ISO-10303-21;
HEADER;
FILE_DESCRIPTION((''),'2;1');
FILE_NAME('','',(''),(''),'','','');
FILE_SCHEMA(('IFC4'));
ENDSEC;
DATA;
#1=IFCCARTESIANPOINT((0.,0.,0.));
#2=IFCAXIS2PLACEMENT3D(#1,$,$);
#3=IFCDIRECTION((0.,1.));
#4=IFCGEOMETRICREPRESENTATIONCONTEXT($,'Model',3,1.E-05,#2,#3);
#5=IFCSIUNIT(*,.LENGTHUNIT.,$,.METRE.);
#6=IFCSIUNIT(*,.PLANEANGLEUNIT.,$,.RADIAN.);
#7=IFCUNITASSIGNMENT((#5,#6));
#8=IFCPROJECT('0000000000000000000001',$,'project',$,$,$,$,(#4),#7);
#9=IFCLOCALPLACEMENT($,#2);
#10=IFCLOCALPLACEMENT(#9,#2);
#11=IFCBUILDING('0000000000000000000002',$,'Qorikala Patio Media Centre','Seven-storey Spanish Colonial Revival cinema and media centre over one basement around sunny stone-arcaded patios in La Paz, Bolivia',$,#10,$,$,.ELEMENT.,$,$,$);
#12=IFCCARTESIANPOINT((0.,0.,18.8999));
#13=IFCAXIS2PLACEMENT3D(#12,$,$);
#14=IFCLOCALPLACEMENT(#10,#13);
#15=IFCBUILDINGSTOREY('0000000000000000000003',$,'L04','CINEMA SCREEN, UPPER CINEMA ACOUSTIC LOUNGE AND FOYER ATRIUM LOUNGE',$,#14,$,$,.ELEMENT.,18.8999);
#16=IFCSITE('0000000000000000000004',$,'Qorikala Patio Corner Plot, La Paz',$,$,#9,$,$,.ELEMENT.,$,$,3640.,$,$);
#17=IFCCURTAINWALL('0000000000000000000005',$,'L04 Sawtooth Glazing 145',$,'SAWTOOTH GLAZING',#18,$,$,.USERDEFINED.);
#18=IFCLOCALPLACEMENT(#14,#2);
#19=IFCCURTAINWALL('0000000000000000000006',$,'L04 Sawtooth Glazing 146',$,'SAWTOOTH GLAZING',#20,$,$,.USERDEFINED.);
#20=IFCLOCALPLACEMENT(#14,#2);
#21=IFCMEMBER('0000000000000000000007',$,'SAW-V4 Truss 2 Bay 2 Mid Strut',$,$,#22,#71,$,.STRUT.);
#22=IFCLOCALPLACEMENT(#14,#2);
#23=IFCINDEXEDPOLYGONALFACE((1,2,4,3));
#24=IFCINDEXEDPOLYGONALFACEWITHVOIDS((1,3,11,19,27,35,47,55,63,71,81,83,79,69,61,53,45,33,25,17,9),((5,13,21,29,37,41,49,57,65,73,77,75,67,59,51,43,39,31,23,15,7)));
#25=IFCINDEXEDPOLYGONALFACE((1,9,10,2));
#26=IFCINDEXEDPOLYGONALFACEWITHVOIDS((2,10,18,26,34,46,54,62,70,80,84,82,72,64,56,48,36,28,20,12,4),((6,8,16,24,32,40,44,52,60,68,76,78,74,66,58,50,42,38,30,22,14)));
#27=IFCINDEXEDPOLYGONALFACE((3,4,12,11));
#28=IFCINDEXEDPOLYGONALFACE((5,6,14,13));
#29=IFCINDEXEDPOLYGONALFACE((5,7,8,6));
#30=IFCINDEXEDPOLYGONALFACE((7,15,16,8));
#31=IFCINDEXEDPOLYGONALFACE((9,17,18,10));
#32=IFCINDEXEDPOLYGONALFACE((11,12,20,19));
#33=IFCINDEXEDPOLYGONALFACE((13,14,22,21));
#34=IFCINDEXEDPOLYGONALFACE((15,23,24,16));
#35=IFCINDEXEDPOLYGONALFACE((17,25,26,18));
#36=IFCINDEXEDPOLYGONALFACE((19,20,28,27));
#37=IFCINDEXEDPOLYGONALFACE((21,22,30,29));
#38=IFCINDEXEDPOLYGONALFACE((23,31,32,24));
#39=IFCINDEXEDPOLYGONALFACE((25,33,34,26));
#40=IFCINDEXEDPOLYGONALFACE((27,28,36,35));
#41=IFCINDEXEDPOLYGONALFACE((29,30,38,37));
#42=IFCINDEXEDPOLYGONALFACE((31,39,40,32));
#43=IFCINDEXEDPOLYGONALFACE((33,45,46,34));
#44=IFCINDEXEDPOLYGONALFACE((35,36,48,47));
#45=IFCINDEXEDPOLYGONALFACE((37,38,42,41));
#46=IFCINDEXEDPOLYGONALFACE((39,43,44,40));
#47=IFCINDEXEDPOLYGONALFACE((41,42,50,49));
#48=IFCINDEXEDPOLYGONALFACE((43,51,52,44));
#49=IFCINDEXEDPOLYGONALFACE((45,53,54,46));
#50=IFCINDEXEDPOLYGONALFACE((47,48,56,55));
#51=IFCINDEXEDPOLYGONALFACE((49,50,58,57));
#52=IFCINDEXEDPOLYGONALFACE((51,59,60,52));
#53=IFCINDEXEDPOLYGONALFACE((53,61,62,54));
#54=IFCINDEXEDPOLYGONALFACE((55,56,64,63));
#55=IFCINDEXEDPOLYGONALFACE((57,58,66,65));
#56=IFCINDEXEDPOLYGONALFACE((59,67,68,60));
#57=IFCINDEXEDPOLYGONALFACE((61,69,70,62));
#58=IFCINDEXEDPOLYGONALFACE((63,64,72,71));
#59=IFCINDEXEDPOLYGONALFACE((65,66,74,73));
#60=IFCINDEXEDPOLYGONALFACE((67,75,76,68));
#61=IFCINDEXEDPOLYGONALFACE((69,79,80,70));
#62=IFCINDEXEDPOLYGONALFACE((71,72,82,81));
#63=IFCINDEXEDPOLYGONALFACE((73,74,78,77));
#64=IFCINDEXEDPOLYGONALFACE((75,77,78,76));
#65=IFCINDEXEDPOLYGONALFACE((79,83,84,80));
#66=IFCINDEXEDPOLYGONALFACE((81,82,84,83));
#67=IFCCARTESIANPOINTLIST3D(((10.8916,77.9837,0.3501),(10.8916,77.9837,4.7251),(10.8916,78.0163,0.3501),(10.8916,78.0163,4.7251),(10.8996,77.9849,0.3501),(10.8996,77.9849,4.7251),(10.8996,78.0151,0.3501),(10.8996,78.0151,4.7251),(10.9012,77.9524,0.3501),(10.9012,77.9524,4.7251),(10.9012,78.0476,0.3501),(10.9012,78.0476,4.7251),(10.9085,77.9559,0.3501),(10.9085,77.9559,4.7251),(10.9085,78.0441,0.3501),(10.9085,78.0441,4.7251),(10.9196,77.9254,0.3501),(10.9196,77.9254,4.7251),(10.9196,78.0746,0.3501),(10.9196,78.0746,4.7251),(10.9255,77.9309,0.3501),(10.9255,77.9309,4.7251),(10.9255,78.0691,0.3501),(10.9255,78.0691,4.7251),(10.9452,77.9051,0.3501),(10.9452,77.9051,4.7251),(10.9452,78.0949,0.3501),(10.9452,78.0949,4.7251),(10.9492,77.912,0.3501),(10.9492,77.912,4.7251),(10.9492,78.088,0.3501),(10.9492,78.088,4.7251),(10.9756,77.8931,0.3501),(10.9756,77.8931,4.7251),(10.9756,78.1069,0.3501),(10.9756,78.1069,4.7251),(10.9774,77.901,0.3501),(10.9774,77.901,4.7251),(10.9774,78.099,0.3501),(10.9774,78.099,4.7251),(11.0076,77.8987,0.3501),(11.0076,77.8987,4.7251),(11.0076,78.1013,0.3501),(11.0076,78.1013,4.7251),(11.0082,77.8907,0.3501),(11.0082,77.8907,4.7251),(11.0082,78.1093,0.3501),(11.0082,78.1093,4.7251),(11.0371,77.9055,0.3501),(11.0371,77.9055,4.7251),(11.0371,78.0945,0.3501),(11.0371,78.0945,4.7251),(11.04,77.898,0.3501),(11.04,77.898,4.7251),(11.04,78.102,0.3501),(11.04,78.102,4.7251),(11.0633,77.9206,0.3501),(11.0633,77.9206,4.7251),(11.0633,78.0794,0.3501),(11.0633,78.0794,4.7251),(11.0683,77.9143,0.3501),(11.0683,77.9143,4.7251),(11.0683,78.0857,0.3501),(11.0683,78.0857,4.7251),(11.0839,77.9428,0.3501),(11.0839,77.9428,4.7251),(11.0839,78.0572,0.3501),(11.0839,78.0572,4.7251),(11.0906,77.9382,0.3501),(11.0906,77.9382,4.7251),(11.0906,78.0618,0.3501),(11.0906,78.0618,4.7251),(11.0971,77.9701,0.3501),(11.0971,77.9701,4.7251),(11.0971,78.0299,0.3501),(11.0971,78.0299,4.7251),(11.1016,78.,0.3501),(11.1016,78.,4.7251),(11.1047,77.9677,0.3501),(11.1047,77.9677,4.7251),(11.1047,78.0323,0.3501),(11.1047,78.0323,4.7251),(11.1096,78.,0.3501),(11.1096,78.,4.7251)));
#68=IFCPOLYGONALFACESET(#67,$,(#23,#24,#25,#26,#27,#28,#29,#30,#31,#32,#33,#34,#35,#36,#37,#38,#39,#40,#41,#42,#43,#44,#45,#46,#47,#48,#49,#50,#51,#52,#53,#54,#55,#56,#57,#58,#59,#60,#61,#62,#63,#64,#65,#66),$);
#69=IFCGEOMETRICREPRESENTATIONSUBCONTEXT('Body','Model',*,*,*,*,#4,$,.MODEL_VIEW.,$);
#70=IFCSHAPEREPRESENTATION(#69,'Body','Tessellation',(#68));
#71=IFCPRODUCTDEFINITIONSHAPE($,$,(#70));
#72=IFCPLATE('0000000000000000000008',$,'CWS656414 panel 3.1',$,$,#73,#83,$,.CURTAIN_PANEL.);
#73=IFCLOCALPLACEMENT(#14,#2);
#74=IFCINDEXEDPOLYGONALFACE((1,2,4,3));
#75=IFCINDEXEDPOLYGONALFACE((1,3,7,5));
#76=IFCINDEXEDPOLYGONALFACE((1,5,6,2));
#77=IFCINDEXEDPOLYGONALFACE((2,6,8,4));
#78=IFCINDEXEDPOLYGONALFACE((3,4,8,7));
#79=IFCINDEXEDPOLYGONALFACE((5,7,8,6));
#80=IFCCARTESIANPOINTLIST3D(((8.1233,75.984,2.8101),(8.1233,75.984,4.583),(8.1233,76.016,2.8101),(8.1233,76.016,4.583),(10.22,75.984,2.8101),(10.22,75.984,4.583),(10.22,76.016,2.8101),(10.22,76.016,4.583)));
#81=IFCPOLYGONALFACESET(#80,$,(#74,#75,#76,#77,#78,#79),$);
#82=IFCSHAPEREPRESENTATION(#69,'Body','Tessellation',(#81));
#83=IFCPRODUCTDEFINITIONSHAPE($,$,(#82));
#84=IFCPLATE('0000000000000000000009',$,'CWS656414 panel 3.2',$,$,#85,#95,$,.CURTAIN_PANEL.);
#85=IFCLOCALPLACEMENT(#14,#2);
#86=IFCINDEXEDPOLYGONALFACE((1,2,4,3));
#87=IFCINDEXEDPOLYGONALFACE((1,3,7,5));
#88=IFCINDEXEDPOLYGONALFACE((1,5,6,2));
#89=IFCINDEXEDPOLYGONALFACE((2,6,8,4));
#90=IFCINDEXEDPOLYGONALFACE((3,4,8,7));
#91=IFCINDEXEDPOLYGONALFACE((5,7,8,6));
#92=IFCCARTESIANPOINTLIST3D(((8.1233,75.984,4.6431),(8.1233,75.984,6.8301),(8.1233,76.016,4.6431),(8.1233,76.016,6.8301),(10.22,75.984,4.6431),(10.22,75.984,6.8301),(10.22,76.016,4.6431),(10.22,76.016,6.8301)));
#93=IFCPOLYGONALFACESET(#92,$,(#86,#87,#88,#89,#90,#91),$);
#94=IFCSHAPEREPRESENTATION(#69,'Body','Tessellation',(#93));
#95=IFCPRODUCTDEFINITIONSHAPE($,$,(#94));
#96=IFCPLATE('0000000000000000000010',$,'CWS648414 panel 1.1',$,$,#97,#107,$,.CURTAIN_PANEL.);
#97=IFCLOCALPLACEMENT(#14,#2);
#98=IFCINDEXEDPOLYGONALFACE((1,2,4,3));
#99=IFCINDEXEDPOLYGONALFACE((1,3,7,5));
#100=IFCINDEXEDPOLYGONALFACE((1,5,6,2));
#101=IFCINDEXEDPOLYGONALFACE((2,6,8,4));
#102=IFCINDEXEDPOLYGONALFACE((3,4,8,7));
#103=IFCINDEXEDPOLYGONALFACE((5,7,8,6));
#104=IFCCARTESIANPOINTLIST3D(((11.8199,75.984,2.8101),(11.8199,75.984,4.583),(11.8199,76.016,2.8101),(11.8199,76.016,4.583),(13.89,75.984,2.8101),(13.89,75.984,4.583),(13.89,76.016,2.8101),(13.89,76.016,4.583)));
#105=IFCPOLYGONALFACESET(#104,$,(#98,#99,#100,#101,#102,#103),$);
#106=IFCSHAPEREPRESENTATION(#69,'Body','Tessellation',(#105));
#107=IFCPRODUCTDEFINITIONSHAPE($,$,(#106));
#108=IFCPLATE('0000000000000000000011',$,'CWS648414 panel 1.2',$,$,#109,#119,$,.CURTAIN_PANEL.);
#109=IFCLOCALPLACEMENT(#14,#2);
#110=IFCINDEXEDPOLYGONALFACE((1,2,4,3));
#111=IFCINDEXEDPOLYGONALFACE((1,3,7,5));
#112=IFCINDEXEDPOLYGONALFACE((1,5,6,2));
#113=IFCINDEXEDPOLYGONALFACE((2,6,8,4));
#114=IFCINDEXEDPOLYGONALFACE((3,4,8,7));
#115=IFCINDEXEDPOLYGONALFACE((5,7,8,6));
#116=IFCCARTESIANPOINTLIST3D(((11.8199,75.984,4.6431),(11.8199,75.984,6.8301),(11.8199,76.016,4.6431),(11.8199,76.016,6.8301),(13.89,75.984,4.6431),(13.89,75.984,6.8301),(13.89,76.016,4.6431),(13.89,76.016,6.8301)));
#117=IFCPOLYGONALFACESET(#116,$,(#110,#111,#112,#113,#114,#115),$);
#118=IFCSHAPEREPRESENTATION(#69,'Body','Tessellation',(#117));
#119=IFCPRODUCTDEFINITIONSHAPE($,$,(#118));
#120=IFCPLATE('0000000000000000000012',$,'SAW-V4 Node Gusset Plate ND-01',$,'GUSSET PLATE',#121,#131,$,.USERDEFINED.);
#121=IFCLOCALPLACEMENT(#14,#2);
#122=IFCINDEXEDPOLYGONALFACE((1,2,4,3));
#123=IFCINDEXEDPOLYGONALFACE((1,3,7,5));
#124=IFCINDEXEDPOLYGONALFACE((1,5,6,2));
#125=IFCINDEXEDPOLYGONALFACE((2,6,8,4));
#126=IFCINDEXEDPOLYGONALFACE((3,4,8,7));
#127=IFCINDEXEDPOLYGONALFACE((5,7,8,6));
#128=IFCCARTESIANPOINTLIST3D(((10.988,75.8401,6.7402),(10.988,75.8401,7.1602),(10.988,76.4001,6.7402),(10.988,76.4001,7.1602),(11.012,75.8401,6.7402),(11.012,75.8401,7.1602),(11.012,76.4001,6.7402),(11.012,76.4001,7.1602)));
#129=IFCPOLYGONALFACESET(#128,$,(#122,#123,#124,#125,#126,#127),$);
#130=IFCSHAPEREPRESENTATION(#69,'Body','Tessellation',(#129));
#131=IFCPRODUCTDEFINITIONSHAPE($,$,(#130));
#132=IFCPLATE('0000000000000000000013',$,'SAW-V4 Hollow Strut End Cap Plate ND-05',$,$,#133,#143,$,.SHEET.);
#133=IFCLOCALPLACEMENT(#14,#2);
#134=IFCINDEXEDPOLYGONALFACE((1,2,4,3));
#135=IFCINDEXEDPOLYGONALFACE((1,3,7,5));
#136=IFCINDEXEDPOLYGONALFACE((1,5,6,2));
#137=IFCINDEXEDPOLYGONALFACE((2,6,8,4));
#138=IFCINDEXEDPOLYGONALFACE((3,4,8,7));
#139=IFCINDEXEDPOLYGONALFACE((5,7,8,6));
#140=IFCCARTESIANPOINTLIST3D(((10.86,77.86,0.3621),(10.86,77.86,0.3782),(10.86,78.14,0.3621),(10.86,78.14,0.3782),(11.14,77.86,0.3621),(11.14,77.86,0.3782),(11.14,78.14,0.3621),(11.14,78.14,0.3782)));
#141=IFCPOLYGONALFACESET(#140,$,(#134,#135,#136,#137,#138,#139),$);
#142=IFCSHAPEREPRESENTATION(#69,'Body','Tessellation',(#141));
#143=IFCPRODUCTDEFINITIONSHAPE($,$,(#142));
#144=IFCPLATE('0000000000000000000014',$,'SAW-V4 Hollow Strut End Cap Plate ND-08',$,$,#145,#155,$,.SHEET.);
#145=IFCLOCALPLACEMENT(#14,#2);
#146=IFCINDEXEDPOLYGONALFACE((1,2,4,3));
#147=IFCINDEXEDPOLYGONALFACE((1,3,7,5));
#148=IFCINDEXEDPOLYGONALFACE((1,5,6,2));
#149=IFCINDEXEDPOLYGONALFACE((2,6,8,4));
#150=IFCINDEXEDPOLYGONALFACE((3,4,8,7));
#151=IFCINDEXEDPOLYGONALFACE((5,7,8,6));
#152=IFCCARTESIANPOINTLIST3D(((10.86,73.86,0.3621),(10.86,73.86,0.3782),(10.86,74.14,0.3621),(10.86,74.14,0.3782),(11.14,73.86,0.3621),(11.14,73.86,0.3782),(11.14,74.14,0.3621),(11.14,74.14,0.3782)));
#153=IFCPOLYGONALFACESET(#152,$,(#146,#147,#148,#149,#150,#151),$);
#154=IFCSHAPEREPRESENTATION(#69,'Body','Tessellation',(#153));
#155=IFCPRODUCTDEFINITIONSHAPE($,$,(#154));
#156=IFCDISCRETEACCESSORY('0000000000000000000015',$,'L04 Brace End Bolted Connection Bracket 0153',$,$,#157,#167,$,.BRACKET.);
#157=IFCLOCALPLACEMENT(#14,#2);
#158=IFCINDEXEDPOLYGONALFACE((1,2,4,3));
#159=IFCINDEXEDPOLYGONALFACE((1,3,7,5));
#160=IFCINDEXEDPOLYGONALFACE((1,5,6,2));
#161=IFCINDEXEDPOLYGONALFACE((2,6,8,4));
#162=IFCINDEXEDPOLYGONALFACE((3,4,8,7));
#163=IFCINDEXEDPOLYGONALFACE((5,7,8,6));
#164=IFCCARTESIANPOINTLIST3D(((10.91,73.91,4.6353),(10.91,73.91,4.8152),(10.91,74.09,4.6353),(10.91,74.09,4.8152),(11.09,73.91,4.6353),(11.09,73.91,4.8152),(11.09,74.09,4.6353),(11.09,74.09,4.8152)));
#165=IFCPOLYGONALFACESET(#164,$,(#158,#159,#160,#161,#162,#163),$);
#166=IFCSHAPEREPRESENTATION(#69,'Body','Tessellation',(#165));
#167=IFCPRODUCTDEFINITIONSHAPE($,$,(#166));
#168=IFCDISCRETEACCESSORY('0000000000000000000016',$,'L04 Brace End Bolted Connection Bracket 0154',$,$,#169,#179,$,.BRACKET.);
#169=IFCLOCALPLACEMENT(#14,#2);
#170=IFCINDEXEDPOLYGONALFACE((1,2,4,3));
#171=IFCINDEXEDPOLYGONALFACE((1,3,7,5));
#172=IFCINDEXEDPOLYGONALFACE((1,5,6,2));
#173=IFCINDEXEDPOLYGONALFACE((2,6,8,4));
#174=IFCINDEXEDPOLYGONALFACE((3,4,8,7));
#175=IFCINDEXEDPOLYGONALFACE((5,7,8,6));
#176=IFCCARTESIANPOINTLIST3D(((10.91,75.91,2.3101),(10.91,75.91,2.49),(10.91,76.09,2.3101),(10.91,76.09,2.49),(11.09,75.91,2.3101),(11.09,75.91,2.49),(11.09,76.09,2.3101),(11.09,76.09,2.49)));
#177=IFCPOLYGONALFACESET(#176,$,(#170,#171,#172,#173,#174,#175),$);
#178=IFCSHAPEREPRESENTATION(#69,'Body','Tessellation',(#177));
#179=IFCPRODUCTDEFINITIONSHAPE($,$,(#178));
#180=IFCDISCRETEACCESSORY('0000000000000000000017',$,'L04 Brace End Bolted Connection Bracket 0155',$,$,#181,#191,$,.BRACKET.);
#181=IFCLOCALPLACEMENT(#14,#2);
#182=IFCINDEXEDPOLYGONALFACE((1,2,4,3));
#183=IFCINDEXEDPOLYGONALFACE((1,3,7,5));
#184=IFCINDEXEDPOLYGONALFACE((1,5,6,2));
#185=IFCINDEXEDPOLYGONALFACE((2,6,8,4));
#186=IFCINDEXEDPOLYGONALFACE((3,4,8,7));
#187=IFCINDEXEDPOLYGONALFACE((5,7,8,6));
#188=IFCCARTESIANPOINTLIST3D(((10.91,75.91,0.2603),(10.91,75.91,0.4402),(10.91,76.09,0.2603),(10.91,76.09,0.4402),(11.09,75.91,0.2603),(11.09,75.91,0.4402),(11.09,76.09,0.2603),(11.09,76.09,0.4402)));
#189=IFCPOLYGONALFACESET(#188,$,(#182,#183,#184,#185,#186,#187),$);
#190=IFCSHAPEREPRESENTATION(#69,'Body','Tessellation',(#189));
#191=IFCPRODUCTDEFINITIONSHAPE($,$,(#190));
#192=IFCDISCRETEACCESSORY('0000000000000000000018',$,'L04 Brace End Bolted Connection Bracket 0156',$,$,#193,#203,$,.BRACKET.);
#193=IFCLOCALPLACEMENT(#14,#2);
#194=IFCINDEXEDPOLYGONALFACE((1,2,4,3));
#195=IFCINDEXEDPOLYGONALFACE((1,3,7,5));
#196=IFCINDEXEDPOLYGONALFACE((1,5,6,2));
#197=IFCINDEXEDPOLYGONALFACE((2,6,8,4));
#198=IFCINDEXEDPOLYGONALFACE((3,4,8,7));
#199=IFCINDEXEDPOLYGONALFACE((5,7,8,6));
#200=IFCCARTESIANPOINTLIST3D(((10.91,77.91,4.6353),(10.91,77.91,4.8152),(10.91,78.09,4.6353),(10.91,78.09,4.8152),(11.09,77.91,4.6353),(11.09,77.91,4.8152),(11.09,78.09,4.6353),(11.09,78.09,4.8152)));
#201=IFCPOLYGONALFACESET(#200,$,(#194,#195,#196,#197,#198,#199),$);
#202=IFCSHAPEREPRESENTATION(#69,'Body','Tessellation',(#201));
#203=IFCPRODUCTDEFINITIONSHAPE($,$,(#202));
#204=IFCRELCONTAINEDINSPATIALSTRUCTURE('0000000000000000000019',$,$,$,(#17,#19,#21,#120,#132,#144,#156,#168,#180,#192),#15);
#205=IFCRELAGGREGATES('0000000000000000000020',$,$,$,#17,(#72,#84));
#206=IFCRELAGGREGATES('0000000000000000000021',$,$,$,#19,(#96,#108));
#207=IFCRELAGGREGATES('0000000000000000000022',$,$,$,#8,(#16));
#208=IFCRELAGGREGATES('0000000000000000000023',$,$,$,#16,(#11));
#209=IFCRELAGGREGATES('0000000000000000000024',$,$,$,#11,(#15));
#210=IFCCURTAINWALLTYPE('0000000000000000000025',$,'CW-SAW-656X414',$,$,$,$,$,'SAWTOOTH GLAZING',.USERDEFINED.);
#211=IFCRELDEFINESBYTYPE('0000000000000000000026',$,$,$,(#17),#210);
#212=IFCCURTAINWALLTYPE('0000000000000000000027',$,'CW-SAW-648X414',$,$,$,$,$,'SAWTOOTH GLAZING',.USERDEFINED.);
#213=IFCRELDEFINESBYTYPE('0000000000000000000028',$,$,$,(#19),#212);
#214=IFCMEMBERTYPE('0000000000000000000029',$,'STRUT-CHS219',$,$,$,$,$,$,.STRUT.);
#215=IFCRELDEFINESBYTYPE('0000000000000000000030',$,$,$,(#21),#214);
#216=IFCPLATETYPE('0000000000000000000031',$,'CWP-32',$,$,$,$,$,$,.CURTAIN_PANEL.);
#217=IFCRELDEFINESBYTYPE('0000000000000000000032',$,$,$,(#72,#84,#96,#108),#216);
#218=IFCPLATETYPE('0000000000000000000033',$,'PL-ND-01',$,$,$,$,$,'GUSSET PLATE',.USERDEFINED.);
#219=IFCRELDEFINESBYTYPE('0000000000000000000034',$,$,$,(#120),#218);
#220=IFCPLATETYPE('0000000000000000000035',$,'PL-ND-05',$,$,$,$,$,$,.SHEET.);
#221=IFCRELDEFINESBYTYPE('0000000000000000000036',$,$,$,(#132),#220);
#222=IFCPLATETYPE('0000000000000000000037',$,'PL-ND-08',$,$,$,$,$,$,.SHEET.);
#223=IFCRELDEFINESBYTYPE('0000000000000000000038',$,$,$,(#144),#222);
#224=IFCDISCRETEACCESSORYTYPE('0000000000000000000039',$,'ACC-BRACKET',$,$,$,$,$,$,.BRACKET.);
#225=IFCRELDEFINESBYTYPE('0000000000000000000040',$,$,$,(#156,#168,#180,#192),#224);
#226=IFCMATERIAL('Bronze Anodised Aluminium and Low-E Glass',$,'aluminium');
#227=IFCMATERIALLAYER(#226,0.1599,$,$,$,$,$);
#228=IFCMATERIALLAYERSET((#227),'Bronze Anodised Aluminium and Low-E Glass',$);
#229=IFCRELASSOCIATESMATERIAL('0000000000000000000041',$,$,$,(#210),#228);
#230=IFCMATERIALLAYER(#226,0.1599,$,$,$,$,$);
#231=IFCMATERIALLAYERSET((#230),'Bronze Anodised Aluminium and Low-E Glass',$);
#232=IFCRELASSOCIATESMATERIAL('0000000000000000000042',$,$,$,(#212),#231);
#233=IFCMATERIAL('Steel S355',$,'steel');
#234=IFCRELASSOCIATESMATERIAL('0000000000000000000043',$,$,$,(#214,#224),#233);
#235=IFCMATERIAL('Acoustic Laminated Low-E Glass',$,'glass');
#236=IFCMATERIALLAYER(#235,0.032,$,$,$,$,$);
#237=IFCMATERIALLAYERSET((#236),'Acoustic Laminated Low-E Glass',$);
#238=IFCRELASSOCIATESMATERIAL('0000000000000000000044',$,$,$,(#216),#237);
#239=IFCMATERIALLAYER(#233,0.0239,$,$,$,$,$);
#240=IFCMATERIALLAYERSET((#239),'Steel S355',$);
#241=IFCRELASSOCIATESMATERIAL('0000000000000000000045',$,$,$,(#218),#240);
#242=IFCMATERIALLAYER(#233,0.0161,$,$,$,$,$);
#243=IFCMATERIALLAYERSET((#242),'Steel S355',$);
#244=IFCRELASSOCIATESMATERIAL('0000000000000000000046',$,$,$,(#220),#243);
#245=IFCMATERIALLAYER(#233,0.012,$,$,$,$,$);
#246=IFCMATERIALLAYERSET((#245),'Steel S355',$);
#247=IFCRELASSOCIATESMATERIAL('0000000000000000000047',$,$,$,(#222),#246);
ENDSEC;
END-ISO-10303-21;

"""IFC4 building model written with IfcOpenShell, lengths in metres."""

from ifc_helpers import new_model, si_unit, direction, frame, origin, origin_2d, place, context, subcontext, project, spatial, rectangle, hollow_circle, extrude, material, layer, layer_set, material_profile, profile_set, type_object, element, aggregate, save


model = new_model("IFC4")

# Units and contexts
model_context = context("Model", 3, precision=1e-05, world=origin(), true_north=direction((0.0, 1.0)))
body_context = subcontext(model_context, "Body", "Model", "MODEL_VIEW")
ifc_project = project(units=[si_unit("LENGTHUNIT", "METRE"), si_unit("PLANEANGLEUNIT", "RADIAN")], contexts=[model_context])

# Site, building, storey
site_placement = place(None, origin())
site = spatial("IfcSite", under=ifc_project, at=site_placement, Name="Qorikala Patio Corner Plot, La Paz", CompositionType="ELEMENT", RefElevation=3640.0)
building_placement = place(site_placement, origin())
building = spatial("IfcBuilding", under=site, at=building_placement, Name="Qorikala Patio Media Centre", Description="Seven-storey Spanish Colonial Revival cinema and media centre over one basement around sunny stone-arcaded patios in La Paz, Bolivia", CompositionType="ELEMENT")
storey_placement = place(building_placement, frame((0.0, 0.0, 18.8999)))
storey = spatial("IfcBuildingStorey", under=building, at=storey_placement, Name="L04", Description="CINEMA SCREEN, UPPER CINEMA ACOUSTIC LOUNGE AND FOYER ATRIUM LOUNGE", CompositionType="ELEMENT", Elevation=18.8999)

# Shared definitions
ifc_material_1 = material(Name="Steel S355", Category="steel")

# Curtain walls
ifc_material_2 = material(Name="Bronze Anodised Aluminium and Low-E Glass", Category="aluminium")
ifc_layer_1 = layer(ifc_material_2, 0.1599)
ifc_layer_set_1 = layer_set([ifc_layer_1], Name="Bronze Anodised Aluminium and Low-E Glass")
curtain_wall_type_1 = type_object("IfcCurtainWallType", Name="CW-SAW-656X414", ElementType="SAWTOOTH GLAZING", PredefinedType="USERDEFINED", material=ifc_layer_set_1)
curtain_wall_1_placement = place(storey_placement, origin())
curtain_wall_1 = element("IfcCurtainWall", 1, at=curtain_wall_1_placement, inside=storey, type_object=curtain_wall_type_1, Name="L04 Sawtooth Glazing 145", ObjectType="SAWTOOTH GLAZING", PredefinedType="USERDEFINED")
ifc_layer_2 = layer(ifc_material_2, 0.1599)
ifc_layer_set_2 = layer_set([ifc_layer_2], Name="Bronze Anodised Aluminium and Low-E Glass")
curtain_wall_type_2 = type_object("IfcCurtainWallType", Name="CW-SAW-648X414", ElementType="SAWTOOTH GLAZING", PredefinedType="USERDEFINED", material=ifc_layer_set_2)
curtain_wall_2_placement = place(storey_placement, origin())
curtain_wall_2 = element("IfcCurtainWall", 2, at=curtain_wall_2_placement, inside=storey, type_object=curtain_wall_type_2, Name="L04 Sawtooth Glazing 146", ObjectType="SAWTOOTH GLAZING", PredefinedType="USERDEFINED")

# Member
ifc_material_profile_1 = material_profile(ifc_material_1, hollow_circle(Radius=0.1096, WallThickness=0.0081, at=origin_2d()), Name="CHS219X8")
ifc_profile_set_1 = profile_set([ifc_material_profile_1], Name="Steel S355")
member_type_1 = type_object("IfcMemberType", Name="STRUT-CHS219", PredefinedType="STRUT", material=ifc_profile_set_1)
member_1_placement = place(storey_placement, frame((11.0, 78.0, 0.3501), z_axis=(0.0, 0.0, 1.0), x_axis=(1.0, 0.0, 0.0)))
element("IfcMember", 3, at=member_1_placement, inside=storey, type_object=member_type_1, Name="SAW-V4 Truss 2 Bay 2 Mid Strut", PredefinedType="STRUT", context=body_context, shape_type="SweptSolid", body=[
    extrude(hollow_circle(Radius=0.1096, WallThickness=0.0081, at=origin_2d()), origin(), (0.0, 0.0, 1.0), 4.375),
])

# Plates
ifc_material_3 = material(Name="Acoustic Laminated Low-E Glass", Category="glass")
ifc_layer_3 = layer(ifc_material_3, 0.032)
ifc_layer_set_3 = layer_set([ifc_layer_3], Name="Acoustic Laminated Low-E Glass")
plate_type_1 = type_object("IfcPlateType", Name="CWP-32", PredefinedType="CURTAIN_PANEL", material=ifc_layer_set_3)
plate_1_placement = place(storey_placement, frame((9.1716, 76.0, 2.8101), z_axis=(0.0, 0.0, 1.0), x_axis=(1.0, 0.0, 0.0)))
plate_1 = element("IfcPlate", 4, at=plate_1_placement, type_object=plate_type_1, Name="CWS656414 panel 3.1", PredefinedType="CURTAIN_PANEL", context=body_context, shape_type="SweptSolid", body=[
    extrude(rectangle(XDim=2.0967, YDim=0.032, at=origin_2d()), origin(), (0.0, 0.0, 1.0), 1.7729),
])
plate_2_placement = place(storey_placement, frame((9.1716, 76.0, 4.6431), z_axis=(0.0, 0.0, 1.0), x_axis=(1.0, 0.0, 0.0)))
plate_2 = element("IfcPlate", 5, at=plate_2_placement, type_object=plate_type_1, Name="CWS656414 panel 3.2", PredefinedType="CURTAIN_PANEL", context=body_context, shape_type="SweptSolid", body=[
    extrude(rectangle(XDim=2.0967, YDim=0.032, at=origin_2d()), origin(), (0.0, 0.0, 1.0), 2.187),
])
aggregate(curtain_wall_1, [plate_1, plate_2])
plate_3_placement = place(storey_placement, frame((12.855, 76.0, 2.8101), z_axis=(0.0, 0.0, 1.0), x_axis=(1.0, 0.0, 0.0)))
plate_3 = element("IfcPlate", 6, at=plate_3_placement, type_object=plate_type_1, Name="CWS648414 panel 1.1", PredefinedType="CURTAIN_PANEL", context=body_context, shape_type="SweptSolid", body=[
    extrude(rectangle(XDim=2.0701, YDim=0.032, at=origin_2d()), origin(), (0.0, 0.0, 1.0), 1.7729),
])
plate_4_placement = place(storey_placement, frame((12.855, 76.0, 4.6431), z_axis=(0.0, 0.0, 1.0), x_axis=(1.0, 0.0, 0.0)))
plate_4 = element("IfcPlate", 7, at=plate_4_placement, type_object=plate_type_1, Name="CWS648414 panel 1.2", PredefinedType="CURTAIN_PANEL", context=body_context, shape_type="SweptSolid", body=[
    extrude(rectangle(XDim=2.0701, YDim=0.032, at=origin_2d()), origin(), (0.0, 0.0, 1.0), 2.187),
])
aggregate(curtain_wall_2, [plate_3, plate_4])

# Plates
ifc_layer_4 = layer(ifc_material_1, 0.0239)
ifc_layer_set_4 = layer_set([ifc_layer_4], Name="Steel S355")
plate_type_2 = type_object("IfcPlateType", Name="PL-ND-01", ElementType="GUSSET PLATE", PredefinedType="USERDEFINED", material=ifc_layer_set_4)
plate_5_placement = place(storey_placement, frame((11.0, 76.1201, 6.7402), z_axis=(0.0, 0.0, 1.0), x_axis=(1.0, 0.0, 0.0)))
element("IfcPlate", 8, at=plate_5_placement, inside=storey, type_object=plate_type_2, Name="SAW-V4 Node Gusset Plate ND-01", ObjectType="GUSSET PLATE", PredefinedType="USERDEFINED", context=body_context, shape_type="SweptSolid", body=[
    extrude(rectangle(XDim=0.0239, YDim=0.5601, at=origin_2d()), origin(), (0.0, 0.0, 1.0), 0.4199),
])
ifc_layer_5 = layer(ifc_material_1, 0.0161)
ifc_layer_set_5 = layer_set([ifc_layer_5], Name="Steel S355")
plate_type_3 = type_object("IfcPlateType", Name="PL-ND-05", PredefinedType="SHEET", material=ifc_layer_set_5)
plate_6_placement = place(storey_placement, frame((11.0, 78.0, 0.3621), z_axis=(0.0, 0.0, 1.0), x_axis=(1.0, 0.0, 0.0)))
element("IfcPlate", 9, at=plate_6_placement, inside=storey, type_object=plate_type_3, Name="SAW-V4 Hollow Strut End Cap Plate ND-05", PredefinedType="SHEET", context=body_context, shape_type="SweptSolid", body=[
    extrude(rectangle(XDim=0.28, YDim=0.28, at=origin_2d()), origin(), (0.0, 0.0, 1.0), 0.0161),
])
ifc_layer_6 = layer(ifc_material_1, 0.012)
ifc_layer_set_6 = layer_set([ifc_layer_6], Name="Steel S355")
plate_type_4 = type_object("IfcPlateType", Name="PL-ND-08", PredefinedType="SHEET", material=ifc_layer_set_6)
plate_7_placement = place(storey_placement, frame((11.0, 74.0, 0.3621), z_axis=(0.0, 0.0, 1.0), x_axis=(1.0, 0.0, 0.0)))
element("IfcPlate", 10, at=plate_7_placement, inside=storey, type_object=plate_type_4, Name="SAW-V4 Hollow Strut End Cap Plate ND-08", PredefinedType="SHEET", context=body_context, shape_type="SweptSolid", body=[
    extrude(rectangle(XDim=0.28, YDim=0.28, at=origin_2d()), origin(), (0.0, 0.0, 1.0), 0.0161),
])

# Discrete accessories
discrete_accessory_type = type_object("IfcDiscreteAccessoryType", Name="ACC-BRACKET", PredefinedType="BRACKET", material=ifc_material_1)
for number, where, z_axis, x_axis, name in (
    (11, (11.0, 74.0, 4.6353), (0.0, 0.0, 1.0), (1.0, 0.0, 0.0), "L04 Brace End Bolted Connection Bracket 0153"),
    (12, (11.0, 76.0, 2.3101), (0.0, 0.0, 1.0), (1.0, 0.0, 0.0), "L04 Brace End Bolted Connection Bracket 0154"),
    (13, (11.0, 76.0, 0.2603), (0.0, 0.0, 1.0), (1.0, 0.0, 0.0), "L04 Brace End Bolted Connection Bracket 0155"),
    (14, (11.0, 78.0, 4.6353), (0.0, 0.0, 1.0), (1.0, 0.0, 0.0), "L04 Brace End Bolted Connection Bracket 0156"),
):
    element("IfcDiscreteAccessory", number, at=place(storey_placement, frame(where, z_axis=z_axis, x_axis=x_axis)), inside=storey, type_object=discrete_accessory_type, Name=name, PredefinedType="BRACKET", context=body_context, shape_type="SweptSolid", body=[
        extrude(rectangle(XDim=0.1799, YDim=0.1799, at=origin_2d()), origin(), (0.0, 0.0, 1.0), 0.1799),
    ])

save(model, "model.ifc")
